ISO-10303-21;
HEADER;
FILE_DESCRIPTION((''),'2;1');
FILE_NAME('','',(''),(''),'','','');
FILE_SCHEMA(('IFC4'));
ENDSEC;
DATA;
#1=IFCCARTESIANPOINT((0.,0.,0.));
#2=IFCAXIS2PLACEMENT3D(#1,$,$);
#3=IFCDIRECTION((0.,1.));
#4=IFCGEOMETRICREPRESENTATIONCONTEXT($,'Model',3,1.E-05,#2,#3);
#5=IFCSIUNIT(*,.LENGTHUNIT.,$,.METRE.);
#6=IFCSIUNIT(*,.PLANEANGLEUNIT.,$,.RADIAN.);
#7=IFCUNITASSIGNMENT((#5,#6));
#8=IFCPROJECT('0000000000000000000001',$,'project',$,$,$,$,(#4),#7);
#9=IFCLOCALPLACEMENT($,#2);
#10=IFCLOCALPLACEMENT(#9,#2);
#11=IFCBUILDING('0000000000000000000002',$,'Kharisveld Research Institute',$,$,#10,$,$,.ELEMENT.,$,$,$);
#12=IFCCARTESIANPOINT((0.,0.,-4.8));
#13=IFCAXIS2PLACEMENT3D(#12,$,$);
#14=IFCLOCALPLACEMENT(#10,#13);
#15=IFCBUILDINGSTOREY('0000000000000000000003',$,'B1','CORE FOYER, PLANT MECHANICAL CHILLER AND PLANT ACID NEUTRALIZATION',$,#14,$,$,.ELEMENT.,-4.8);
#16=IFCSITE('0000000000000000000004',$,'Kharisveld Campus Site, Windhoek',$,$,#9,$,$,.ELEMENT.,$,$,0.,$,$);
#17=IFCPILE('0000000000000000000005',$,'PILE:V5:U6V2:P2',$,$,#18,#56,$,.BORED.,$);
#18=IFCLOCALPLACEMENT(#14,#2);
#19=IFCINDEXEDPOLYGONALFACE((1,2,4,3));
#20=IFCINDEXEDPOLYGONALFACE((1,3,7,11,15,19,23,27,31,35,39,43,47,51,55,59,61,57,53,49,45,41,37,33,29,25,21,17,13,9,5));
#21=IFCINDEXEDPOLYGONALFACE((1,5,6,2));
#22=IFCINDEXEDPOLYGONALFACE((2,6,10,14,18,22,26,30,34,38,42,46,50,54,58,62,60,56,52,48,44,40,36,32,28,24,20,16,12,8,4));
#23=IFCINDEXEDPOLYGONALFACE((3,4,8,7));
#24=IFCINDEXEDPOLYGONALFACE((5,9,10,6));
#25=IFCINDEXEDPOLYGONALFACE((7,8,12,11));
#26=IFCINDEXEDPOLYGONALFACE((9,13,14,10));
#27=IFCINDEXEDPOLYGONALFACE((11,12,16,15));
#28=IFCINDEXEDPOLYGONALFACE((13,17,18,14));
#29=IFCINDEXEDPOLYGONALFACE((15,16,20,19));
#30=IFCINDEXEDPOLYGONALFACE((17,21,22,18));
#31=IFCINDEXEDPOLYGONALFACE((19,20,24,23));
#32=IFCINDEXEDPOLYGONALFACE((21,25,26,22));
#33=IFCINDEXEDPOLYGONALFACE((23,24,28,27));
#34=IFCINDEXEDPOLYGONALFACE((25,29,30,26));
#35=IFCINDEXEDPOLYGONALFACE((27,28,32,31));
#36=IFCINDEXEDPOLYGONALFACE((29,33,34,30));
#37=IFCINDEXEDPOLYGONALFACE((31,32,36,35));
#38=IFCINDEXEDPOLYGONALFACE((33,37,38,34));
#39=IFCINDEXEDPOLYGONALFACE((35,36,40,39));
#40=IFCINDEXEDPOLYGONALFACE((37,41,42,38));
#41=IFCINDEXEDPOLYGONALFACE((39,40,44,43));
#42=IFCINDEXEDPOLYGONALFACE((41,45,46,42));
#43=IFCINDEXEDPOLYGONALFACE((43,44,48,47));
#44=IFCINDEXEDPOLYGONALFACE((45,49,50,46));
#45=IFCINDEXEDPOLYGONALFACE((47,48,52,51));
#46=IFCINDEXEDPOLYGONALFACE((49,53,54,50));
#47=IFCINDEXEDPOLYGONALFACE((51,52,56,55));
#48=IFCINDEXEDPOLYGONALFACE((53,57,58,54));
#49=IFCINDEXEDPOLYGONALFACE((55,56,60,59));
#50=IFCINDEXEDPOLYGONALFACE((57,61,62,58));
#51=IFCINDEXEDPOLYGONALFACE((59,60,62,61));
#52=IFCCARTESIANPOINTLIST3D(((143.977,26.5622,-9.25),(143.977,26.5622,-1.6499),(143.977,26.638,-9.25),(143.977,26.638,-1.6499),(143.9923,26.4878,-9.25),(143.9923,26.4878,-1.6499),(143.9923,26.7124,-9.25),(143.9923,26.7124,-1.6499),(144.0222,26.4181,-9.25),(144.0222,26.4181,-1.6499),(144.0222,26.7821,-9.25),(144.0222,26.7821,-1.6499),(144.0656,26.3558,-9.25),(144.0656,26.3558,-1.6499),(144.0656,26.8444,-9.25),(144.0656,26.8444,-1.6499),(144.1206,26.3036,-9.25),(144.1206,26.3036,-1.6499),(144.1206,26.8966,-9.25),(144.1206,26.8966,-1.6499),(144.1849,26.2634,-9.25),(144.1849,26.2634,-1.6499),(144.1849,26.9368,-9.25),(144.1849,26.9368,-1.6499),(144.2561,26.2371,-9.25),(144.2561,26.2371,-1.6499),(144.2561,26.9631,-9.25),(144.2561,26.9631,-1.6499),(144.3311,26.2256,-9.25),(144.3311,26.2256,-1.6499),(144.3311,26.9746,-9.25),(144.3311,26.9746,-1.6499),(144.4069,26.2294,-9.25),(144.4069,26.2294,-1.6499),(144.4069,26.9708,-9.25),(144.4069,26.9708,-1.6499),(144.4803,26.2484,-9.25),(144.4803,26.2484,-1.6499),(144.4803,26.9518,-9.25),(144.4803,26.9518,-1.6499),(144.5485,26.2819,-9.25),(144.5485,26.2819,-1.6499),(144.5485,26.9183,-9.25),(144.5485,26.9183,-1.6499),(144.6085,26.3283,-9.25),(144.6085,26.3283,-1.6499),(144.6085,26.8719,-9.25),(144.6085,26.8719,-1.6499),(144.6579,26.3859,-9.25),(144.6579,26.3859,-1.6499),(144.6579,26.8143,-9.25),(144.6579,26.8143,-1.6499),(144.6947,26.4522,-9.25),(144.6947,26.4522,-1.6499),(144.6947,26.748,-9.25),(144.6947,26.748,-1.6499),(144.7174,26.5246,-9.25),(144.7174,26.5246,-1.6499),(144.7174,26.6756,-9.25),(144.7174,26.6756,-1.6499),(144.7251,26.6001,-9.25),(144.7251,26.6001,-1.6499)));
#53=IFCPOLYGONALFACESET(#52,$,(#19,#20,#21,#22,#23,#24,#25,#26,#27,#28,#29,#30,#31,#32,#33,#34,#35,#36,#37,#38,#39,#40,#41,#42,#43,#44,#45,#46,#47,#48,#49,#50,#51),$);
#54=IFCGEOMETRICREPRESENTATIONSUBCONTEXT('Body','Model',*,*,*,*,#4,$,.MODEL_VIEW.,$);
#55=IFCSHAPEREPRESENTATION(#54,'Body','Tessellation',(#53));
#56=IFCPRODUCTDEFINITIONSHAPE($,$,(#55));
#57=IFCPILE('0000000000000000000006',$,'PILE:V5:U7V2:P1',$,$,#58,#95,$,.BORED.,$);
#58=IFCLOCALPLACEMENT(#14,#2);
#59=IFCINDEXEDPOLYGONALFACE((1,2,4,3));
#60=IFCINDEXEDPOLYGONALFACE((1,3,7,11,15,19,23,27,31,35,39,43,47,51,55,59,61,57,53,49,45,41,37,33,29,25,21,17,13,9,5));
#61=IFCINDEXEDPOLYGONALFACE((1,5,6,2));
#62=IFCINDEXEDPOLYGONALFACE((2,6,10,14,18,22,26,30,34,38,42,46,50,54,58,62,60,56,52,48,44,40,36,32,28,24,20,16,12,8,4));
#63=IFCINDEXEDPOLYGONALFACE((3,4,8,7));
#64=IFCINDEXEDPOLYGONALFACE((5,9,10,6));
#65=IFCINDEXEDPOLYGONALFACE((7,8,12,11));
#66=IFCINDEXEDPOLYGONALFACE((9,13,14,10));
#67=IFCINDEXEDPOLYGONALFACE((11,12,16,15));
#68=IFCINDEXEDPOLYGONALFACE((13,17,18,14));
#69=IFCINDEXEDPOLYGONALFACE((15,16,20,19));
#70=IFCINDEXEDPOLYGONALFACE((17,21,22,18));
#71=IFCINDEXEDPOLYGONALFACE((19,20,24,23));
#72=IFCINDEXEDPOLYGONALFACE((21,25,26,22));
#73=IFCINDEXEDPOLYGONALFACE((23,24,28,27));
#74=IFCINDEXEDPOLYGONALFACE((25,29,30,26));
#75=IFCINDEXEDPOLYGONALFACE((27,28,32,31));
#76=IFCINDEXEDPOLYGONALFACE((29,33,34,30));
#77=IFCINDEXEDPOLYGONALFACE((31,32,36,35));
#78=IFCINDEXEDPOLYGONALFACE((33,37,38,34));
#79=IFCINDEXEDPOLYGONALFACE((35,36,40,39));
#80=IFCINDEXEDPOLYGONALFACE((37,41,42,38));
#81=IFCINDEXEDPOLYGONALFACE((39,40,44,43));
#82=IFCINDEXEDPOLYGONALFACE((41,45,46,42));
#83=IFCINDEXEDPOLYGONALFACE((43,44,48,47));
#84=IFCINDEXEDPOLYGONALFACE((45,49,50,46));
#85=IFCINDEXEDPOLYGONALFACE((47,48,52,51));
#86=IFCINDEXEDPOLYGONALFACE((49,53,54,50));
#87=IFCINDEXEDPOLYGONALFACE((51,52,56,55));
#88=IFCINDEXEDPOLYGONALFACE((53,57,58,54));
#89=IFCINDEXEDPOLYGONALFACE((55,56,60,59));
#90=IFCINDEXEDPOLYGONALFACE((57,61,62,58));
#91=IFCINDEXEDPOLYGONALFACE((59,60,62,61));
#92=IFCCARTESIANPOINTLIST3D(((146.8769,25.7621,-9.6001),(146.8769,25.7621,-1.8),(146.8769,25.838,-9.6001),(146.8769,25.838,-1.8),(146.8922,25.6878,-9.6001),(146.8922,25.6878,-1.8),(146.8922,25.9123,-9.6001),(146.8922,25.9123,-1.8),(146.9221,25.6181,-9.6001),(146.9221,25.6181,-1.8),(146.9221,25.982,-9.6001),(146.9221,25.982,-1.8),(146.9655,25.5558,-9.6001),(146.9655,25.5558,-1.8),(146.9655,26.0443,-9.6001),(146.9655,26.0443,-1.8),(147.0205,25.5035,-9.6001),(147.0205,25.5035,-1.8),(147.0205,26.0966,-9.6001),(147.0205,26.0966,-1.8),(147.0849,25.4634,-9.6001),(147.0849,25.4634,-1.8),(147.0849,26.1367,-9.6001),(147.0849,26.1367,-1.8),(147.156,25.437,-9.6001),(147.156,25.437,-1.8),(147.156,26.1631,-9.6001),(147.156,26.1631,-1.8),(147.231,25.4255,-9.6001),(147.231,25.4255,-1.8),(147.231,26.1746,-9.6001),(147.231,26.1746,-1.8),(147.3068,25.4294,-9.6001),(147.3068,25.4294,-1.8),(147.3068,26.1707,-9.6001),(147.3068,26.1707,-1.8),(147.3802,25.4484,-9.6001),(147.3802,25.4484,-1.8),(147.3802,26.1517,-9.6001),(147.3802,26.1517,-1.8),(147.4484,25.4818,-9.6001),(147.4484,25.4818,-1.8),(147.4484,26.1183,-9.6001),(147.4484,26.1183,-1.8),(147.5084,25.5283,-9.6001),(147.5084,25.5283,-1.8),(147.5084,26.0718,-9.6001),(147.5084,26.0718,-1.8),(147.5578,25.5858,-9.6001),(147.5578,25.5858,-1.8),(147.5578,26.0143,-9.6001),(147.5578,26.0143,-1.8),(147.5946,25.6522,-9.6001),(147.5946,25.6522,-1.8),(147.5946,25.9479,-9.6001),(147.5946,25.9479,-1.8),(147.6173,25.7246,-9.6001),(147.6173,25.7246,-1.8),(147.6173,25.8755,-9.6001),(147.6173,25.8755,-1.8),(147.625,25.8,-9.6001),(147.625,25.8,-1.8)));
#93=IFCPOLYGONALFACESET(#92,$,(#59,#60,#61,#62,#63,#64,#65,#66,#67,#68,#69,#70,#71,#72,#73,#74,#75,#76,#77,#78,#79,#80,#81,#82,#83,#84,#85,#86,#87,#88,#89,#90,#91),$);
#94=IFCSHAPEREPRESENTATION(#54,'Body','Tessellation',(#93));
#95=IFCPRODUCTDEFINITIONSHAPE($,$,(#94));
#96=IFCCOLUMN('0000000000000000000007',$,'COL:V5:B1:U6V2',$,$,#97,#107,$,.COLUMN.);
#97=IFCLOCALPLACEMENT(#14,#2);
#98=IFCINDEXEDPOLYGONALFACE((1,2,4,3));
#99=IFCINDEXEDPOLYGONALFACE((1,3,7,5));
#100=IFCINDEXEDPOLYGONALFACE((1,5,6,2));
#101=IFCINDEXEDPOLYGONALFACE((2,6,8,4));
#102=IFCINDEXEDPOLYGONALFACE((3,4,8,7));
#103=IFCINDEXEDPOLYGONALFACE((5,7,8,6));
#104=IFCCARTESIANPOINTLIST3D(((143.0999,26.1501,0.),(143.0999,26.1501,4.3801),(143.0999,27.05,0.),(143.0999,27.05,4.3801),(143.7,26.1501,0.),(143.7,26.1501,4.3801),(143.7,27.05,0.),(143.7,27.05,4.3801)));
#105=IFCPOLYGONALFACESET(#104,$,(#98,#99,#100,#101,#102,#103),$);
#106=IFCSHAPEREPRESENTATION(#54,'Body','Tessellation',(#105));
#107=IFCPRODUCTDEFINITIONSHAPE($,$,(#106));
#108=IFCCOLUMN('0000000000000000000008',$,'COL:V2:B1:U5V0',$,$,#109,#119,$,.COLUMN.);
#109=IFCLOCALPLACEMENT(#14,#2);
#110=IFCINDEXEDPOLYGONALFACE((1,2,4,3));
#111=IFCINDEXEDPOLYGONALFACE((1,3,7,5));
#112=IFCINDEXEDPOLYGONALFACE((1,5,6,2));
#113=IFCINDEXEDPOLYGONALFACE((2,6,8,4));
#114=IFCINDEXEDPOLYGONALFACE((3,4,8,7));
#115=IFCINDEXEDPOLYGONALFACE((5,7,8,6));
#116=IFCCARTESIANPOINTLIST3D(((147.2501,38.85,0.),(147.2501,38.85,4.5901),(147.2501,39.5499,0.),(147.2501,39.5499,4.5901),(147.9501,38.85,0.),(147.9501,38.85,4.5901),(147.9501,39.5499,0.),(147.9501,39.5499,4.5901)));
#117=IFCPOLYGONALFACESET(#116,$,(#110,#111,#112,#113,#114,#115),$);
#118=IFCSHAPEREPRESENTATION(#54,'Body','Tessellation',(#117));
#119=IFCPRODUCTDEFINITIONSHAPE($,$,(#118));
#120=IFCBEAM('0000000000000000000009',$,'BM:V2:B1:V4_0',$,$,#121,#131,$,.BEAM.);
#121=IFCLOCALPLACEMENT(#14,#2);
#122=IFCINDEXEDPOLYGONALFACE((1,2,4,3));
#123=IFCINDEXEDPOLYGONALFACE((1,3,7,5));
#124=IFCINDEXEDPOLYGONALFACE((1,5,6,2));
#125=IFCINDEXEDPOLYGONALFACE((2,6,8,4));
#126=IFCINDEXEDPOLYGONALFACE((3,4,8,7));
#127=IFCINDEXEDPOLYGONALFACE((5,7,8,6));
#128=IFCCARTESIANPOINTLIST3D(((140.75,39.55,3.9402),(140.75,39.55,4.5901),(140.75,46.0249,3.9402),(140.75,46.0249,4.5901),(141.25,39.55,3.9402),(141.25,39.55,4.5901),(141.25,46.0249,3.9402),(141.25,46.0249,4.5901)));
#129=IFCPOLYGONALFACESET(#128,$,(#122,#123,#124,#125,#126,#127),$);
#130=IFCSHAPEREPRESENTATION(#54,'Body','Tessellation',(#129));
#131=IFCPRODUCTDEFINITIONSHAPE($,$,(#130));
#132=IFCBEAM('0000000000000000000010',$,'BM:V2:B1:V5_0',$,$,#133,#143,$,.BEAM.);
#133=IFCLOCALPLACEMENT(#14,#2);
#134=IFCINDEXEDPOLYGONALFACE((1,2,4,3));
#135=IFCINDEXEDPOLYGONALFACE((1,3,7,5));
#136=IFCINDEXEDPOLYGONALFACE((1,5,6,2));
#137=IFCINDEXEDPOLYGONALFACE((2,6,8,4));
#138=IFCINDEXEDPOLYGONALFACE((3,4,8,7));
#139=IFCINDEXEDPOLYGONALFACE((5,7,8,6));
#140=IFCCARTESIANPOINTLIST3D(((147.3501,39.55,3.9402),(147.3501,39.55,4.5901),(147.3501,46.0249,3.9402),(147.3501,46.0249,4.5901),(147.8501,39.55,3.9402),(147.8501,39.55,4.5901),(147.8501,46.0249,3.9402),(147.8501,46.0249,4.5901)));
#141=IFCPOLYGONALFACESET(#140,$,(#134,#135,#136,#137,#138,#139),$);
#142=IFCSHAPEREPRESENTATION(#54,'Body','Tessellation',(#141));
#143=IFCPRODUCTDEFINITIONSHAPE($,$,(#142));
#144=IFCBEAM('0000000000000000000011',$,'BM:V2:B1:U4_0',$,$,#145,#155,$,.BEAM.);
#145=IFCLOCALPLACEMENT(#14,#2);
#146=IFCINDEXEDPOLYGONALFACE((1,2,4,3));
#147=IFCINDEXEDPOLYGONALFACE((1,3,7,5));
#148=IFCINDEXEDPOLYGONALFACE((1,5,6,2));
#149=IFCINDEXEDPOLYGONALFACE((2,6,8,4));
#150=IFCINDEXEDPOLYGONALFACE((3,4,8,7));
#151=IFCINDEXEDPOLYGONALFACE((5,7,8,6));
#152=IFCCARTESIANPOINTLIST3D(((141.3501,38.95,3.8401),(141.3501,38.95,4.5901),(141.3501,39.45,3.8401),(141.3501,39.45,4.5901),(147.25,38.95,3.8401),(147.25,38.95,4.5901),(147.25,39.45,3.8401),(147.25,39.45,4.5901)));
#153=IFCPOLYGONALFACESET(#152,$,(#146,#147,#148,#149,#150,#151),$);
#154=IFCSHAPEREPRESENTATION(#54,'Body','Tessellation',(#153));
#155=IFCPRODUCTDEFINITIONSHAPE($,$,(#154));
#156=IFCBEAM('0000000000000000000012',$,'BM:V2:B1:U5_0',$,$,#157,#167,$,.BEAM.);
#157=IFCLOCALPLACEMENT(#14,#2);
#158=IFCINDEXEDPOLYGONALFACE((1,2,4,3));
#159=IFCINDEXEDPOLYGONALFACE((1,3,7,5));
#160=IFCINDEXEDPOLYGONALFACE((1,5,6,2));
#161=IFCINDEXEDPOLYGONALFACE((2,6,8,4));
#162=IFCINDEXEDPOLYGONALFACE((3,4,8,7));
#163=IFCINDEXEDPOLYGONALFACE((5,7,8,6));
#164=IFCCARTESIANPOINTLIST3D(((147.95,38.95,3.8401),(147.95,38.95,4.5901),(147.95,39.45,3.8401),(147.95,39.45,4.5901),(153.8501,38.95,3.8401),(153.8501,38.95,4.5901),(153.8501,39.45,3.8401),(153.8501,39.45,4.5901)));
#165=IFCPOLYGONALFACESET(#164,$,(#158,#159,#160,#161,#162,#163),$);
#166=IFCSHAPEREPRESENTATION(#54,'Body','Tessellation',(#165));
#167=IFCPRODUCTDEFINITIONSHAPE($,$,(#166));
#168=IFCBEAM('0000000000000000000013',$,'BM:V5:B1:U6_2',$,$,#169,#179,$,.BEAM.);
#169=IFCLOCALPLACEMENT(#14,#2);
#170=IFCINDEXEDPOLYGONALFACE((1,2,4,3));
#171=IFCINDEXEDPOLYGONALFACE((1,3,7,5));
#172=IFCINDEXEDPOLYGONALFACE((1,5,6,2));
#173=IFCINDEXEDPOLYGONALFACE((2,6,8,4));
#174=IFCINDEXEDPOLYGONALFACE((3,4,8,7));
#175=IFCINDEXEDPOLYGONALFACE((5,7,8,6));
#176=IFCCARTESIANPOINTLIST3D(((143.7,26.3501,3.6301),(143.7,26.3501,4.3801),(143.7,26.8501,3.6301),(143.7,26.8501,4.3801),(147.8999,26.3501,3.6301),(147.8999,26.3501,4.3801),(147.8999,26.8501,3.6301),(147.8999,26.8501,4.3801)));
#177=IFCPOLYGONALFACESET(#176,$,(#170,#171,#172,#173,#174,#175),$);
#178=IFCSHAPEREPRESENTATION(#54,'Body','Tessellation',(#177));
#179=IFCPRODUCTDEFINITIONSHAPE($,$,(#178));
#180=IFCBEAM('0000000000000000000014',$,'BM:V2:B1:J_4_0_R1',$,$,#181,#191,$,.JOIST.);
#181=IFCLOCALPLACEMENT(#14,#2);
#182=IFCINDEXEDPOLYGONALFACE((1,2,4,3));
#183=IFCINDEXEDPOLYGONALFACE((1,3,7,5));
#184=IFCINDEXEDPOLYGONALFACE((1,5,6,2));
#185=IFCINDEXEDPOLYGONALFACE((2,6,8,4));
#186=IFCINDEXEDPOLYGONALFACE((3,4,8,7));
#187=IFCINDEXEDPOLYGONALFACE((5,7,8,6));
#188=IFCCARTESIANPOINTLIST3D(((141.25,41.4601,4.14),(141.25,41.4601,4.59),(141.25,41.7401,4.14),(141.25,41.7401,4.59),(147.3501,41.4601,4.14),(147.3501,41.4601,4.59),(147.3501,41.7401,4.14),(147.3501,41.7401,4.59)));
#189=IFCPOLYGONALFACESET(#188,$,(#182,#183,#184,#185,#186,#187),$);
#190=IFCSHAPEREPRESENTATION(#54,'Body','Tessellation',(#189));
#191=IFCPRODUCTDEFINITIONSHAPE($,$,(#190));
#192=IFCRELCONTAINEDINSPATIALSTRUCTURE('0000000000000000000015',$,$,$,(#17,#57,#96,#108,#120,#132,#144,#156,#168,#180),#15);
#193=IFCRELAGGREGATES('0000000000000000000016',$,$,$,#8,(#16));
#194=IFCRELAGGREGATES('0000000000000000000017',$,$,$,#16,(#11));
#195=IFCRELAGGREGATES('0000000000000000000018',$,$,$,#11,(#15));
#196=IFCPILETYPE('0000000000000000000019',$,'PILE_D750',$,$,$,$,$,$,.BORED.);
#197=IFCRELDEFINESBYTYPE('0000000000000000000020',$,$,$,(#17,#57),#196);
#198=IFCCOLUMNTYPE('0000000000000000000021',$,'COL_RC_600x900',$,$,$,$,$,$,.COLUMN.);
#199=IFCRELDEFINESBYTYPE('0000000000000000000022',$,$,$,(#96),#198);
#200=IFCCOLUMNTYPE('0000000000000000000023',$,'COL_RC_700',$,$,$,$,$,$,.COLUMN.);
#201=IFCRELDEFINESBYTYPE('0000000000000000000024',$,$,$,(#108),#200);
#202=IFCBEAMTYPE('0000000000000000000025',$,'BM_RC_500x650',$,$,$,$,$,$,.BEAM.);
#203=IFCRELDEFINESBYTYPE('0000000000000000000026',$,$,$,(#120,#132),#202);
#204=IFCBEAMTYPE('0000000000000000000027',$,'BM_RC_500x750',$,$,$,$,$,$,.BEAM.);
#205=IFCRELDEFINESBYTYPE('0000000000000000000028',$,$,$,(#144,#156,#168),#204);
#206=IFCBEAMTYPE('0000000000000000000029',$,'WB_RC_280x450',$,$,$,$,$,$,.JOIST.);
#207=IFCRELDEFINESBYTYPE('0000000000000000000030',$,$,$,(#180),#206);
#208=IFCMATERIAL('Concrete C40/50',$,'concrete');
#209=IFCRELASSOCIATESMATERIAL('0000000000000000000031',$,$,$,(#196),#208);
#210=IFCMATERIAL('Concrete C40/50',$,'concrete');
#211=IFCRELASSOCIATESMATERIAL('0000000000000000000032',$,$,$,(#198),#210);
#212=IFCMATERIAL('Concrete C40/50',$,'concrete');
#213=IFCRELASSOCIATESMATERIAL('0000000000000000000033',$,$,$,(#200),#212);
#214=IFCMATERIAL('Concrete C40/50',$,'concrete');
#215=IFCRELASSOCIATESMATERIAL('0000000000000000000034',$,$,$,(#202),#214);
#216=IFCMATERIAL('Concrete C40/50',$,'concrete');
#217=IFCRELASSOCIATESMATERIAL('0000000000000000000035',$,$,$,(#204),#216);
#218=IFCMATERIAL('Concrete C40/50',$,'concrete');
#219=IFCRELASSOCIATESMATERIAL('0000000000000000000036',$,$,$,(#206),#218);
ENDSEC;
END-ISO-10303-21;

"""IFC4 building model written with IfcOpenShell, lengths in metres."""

from ifc_helpers import new_model, si_unit, direction, frame, origin, origin_2d, place, context, subcontext, project, spatial, rectangle, circle, extrude, material, material_profile, profile_set, type_object, element, save


model = new_model("IFC4")

# Units and contexts
model_context = context("Model", 3, precision=1e-05, world=origin(), true_north=direction((0.0, 1.0)))
body_context = subcontext(model_context, "Body", "Model", "MODEL_VIEW")
ifc_project = project(units=[si_unit("LENGTHUNIT", "METRE"), si_unit("PLANEANGLEUNIT", "RADIAN")], contexts=[model_context])

# Site, building, storey
site_placement = place(None, origin())
site = spatial("IfcSite", under=ifc_project, at=site_placement, Name="Kharisveld Campus Site, Windhoek", CompositionType="ELEMENT", RefElevation=0.0)
building_placement = place(site_placement, origin())
building = spatial("IfcBuilding", under=site, at=building_placement, Name="Kharisveld Research Institute", CompositionType="ELEMENT")
storey_placement = place(building_placement, frame((0.0, 0.0, -4.8)))
storey = spatial("IfcBuildingStorey", under=building, at=storey_placement, Name="B1", Description="CORE FOYER, PLANT MECHANICAL CHILLER AND PLANT ACID NEUTRALIZATION", CompositionType="ELEMENT", Elevation=-4.8)

# Piles
ifc_material_1 = material(Name="Concrete C40/50", Category="concrete")
ifc_material_profile_1 = material_profile(ifc_material_1, circle(Radius=0.375, at=origin_2d()))
ifc_profile_set_1 = profile_set([ifc_material_profile_1], Name="Concrete C40/50")
pile_type_1 = type_object("IfcPileType", Name="PILE_D750", PredefinedType="BORED", material=ifc_profile_set_1)
for number, where, z_axis, x_axis, name in (
    (1, (144.3501, 26.6001, -1.6499), (0.0, 0.0, -1.0), (1.0, 0.0, 0.0), "PILE:V5:U6V2:P2"),
):
    element("IfcPile", number, at=place(storey_placement, frame(where, z_axis=z_axis, x_axis=x_axis)), inside=storey, type_object=pile_type_1, Name=name, PredefinedType="BORED", context=body_context, shape_type="SweptSolid", body=[
        extrude(circle(Radius=0.375, at=origin_2d()), origin(), (0.0, 0.0, 1.0), 7.6001),
    ])
pile_placement = place(storey_placement, frame((147.25, 25.8, -1.8), z_axis=(0.0, 0.0, -1.0), x_axis=(1.0, 0.0, 0.0)))
element("IfcPile", 2, at=pile_placement, inside=storey, type_object=pile_type_1, Name="PILE:V5:U7V2:P1", PredefinedType="BORED", context=body_context, shape_type="SweptSolid", body=[
    extrude(circle(Radius=0.375, at=origin_2d()), origin(), (0.0, 0.0, 1.0), 7.8),
])

# Columns
ifc_material_2 = material(Name="Concrete C40/50", Category="concrete")
ifc_material_profile_2 = material_profile(ifc_material_2, rectangle(XDim=0.6001, YDim=0.8999, at=origin_2d()))
ifc_profile_set_2 = profile_set([ifc_material_profile_2], Name="Concrete C40/50")
column_type_1 = type_object("IfcColumnType", Name="COL_RC_600x900", PredefinedType="COLUMN", material=ifc_profile_set_2)
column_1_placement = place(storey_placement, frame((143.3999, 26.6001, 0.0), z_axis=(0.0, 0.0, 1.0), x_axis=(1.0, 0.0, 0.0)))
element("IfcColumn", 3, at=column_1_placement, inside=storey, type_object=column_type_1, Name="COL:V5:B1:U6V2", PredefinedType="COLUMN", context=body_context, shape_type="SweptSolid", body=[
    extrude(rectangle(XDim=0.6001, YDim=0.8999, at=origin_2d()), origin(), (0.0, 0.0, 1.0), 4.3801),
])
ifc_material_3 = material(Name="Concrete C40/50", Category="concrete")
ifc_material_profile_3 = material_profile(ifc_material_3, rectangle(XDim=0.7, YDim=0.7, at=origin_2d()))
ifc_profile_set_3 = profile_set([ifc_material_profile_3], Name="Concrete C40/50")
column_type_2 = type_object("IfcColumnType", Name="COL_RC_700", PredefinedType="COLUMN", material=ifc_profile_set_3)
column_2_placement = place(storey_placement, frame((147.6001, 39.2, 0.0), z_axis=(0.0, 0.0, 1.0), x_axis=(1.0, 0.0, 0.0)))
element("IfcColumn", 4, at=column_2_placement, inside=storey, type_object=column_type_2, Name="COL:V2:B1:U5V0", PredefinedType="COLUMN", context=body_context, shape_type="SweptSolid", body=[
    extrude(rectangle(XDim=0.7, YDim=0.7, at=origin_2d()), origin(), (0.0, 0.0, 1.0), 4.5901),
])

# Beams
ifc_material_4 = material(Name="Concrete C40/50", Category="concrete")
ifc_material_profile_4 = material_profile(ifc_material_4, rectangle(XDim=0.5, YDim=0.6499, at=origin_2d()))
ifc_profile_set_4 = profile_set([ifc_material_profile_4], Name="Concrete C40/50")
beam_type_1 = type_object("IfcBeamType", Name="BM_RC_500x650", PredefinedType="BEAM", material=ifc_profile_set_4)
for number, where, z_axis, x_axis, name in (
    (5, (141.0, 39.55, 4.2651), (0.0, 1.0, 0.0), (-1.0, 0.0, 0.0), "BM:V2:B1:V4_0"),
    (6, (147.6001, 39.55, 4.2651), (0.0, 1.0, 0.0), (-1.0, 0.0, 0.0), "BM:V2:B1:V5_0"),
):
    element("IfcBeam", number, at=place(storey_placement, frame(where, z_axis=z_axis, x_axis=x_axis)), inside=storey, type_object=beam_type_1, Name=name, PredefinedType="BEAM", context=body_context, shape_type="SweptSolid", body=[
        extrude(rectangle(XDim=0.5, YDim=0.6499, at=origin_2d()), origin(), (0.0, 0.0, 1.0), 6.4749),
    ])
ifc_material_5 = material(Name="Concrete C40/50", Category="concrete")
ifc_material_profile_5 = material_profile(ifc_material_5, rectangle(XDim=0.5, YDim=0.75, at=origin_2d()))
ifc_profile_set_5 = profile_set([ifc_material_profile_5], Name="Concrete C40/50")
beam_type_2 = type_object("IfcBeamType", Name="BM_RC_500x750", PredefinedType="BEAM", material=ifc_profile_set_5)
beam_1_placement = place(storey_placement, frame((141.3501, 39.2, 4.2151), z_axis=(1.0, 0.0, 0.0), x_axis=(0.0, 1.0, 0.0)))
element("IfcBeam", 7, at=beam_1_placement, inside=storey, type_object=beam_type_2, Name="BM:V2:B1:U4_0", PredefinedType="BEAM", context=body_context, shape_type="SweptSolid", body=[
    extrude(rectangle(XDim=0.5, YDim=0.75, at=origin_2d()), origin(), (0.0, 0.0, 1.0), 5.8999),
])
beam_2_placement = place(storey_placement, frame((147.95, 39.2, 4.2151), z_axis=(1.0, 0.0, 0.0), x_axis=(0.0, 1.0, 0.0)))
element("IfcBeam", 8, at=beam_2_placement, inside=storey, type_object=beam_type_2, Name="BM:V2:B1:U5_0", PredefinedType="BEAM", context=body_context, shape_type="SweptSolid", body=[
    extrude(rectangle(XDim=0.5, YDim=0.75, at=origin_2d()), origin(), (0.0, 0.0, 1.0), 5.9001),
])
beam_3_placement = place(storey_placement, frame((143.7, 26.6001, 4.0051), z_axis=(1.0, 0.0, 0.0), x_axis=(0.0, 1.0, 0.0)))
element("IfcBeam", 9, at=beam_3_placement, inside=storey, type_object=beam_type_2, Name="BM:V5:B1:U6_2", PredefinedType="BEAM", context=body_context, shape_type="SweptSolid", body=[
    extrude(rectangle(XDim=0.5, YDim=0.75, at=origin_2d()), origin(), (0.0, 0.0, 1.0), 4.2),
])
ifc_material_6 = material(Name="Concrete C40/50", Category="concrete")
ifc_material_profile_6 = material_profile(ifc_material_6, rectangle(XDim=0.28, YDim=0.45, at=origin_2d()))
ifc_profile_set_6 = profile_set([ifc_material_profile_6], Name="Concrete C40/50")
beam_type_3 = type_object("IfcBeamType", Name="WB_RC_280x450", PredefinedType="JOIST", material=ifc_profile_set_6)
beam_4_placement = place(storey_placement, frame((141.25, 41.6001, 4.365), z_axis=(1.0, 0.0, 0.0), x_axis=(0.0, 1.0, 0.0)))
element("IfcBeam", 10, at=beam_4_placement, inside=storey, type_object=beam_type_3, Name="BM:V2:B1:J_4_0_R1", PredefinedType="JOIST", context=body_context, shape_type="SweptSolid", body=[
    extrude(rectangle(XDim=0.28, YDim=0.45, at=origin_2d()), origin(), (0.0, 0.0, 1.0), 6.1001),
])

save(model, "model.ifc")
